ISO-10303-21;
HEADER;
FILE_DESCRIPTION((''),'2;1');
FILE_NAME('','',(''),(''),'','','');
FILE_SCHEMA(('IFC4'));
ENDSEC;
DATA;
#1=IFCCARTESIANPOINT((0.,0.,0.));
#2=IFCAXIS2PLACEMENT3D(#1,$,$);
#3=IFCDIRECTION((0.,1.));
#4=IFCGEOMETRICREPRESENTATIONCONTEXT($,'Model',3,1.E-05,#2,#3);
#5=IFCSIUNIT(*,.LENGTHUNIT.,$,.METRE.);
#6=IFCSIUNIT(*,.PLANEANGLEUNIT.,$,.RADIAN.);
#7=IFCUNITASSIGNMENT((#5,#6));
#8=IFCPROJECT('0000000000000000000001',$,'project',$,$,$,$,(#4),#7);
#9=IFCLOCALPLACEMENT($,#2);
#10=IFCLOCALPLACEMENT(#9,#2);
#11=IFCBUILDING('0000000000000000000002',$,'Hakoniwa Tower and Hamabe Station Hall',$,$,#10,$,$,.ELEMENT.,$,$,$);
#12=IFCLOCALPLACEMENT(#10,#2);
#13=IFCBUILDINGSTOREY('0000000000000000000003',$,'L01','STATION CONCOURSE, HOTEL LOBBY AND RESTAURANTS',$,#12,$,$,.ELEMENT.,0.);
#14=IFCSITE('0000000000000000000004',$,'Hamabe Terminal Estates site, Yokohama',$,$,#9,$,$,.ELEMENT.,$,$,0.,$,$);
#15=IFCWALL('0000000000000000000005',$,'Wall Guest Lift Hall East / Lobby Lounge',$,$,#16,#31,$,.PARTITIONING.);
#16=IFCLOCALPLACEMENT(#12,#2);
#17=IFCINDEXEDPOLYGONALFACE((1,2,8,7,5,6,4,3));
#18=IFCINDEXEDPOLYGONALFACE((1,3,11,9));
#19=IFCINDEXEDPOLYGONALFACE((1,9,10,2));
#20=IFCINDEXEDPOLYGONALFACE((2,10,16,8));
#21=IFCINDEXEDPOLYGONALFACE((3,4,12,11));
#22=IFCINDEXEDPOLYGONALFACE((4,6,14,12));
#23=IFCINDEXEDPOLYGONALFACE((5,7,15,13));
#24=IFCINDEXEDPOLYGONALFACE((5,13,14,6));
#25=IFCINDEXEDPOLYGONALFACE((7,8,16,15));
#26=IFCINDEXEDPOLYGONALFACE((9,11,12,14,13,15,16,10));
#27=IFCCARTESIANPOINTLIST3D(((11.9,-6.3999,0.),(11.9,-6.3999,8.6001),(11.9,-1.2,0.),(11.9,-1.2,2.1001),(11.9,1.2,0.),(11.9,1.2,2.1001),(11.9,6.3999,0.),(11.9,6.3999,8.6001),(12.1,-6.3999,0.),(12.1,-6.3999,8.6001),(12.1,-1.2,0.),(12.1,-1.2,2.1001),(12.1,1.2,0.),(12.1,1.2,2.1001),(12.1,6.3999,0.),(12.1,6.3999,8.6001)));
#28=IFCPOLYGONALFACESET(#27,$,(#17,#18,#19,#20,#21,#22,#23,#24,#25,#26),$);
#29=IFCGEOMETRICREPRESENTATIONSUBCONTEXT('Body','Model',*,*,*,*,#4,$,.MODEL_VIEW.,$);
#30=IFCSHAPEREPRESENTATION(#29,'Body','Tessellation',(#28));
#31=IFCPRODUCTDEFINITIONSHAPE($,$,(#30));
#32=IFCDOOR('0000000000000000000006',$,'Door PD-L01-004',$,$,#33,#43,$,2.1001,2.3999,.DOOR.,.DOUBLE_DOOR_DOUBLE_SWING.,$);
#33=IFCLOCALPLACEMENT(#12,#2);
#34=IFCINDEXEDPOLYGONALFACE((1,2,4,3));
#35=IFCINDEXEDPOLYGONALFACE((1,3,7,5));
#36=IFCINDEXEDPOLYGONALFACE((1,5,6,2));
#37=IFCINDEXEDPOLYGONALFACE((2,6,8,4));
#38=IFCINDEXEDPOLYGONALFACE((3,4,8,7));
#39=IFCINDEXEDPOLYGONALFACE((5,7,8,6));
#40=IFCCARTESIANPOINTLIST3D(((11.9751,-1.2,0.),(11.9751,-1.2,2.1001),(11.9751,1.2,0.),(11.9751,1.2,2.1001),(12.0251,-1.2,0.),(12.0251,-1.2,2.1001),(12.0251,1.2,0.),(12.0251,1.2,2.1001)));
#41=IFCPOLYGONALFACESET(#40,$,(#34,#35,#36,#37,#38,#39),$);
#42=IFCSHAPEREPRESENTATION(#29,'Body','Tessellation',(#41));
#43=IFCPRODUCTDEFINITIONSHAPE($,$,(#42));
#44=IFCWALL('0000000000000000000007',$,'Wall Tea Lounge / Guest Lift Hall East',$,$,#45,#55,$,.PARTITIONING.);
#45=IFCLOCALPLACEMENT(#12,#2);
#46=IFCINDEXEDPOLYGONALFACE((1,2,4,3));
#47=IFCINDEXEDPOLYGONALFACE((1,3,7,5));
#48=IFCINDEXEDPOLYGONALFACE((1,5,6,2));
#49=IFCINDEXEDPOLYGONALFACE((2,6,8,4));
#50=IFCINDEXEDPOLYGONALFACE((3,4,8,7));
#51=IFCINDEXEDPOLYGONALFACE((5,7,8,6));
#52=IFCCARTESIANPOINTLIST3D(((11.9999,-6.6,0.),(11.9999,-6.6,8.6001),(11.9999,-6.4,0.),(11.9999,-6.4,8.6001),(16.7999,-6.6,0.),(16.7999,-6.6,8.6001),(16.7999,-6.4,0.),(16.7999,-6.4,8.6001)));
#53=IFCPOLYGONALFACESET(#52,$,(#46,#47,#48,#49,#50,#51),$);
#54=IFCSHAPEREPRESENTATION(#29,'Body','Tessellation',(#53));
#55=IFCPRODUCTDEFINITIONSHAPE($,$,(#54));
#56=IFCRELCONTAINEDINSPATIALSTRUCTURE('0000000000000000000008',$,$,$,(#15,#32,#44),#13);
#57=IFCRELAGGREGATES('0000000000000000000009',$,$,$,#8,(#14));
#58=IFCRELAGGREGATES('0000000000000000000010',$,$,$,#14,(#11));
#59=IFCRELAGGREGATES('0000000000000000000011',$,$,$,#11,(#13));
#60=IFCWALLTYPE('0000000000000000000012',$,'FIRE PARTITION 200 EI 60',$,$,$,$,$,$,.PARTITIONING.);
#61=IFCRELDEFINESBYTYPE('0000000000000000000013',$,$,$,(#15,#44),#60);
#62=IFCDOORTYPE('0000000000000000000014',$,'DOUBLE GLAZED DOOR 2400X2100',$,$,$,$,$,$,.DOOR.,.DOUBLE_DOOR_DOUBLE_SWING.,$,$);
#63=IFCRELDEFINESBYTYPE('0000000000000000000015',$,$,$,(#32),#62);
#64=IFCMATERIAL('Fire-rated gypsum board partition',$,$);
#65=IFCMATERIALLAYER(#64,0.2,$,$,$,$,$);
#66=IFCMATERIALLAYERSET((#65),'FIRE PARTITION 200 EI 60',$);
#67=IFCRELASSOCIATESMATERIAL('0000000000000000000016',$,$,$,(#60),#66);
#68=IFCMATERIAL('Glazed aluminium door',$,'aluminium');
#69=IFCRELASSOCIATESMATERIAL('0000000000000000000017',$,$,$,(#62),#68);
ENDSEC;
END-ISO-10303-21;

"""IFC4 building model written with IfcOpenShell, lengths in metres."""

from ifc_helpers import new_model, si_unit, direction, frame, frame_2d, origin, place, context, subcontext, project, spatial, rectangle, extrude, material, layer, layer_set, type_object, element, fill, save


model = new_model("IFC4")

# Units and contexts
model_context = context("Model", 3, precision=1e-05, world=origin(), true_north=direction((0.0, 1.0)))
body_context = subcontext(model_context, "Body", "Model", "MODEL_VIEW")
ifc_project = project(units=[si_unit("LENGTHUNIT", "METRE"), si_unit("PLANEANGLEUNIT", "RADIAN")], contexts=[model_context])

# Site, building, storey
site_placement = place(None, origin())
site = spatial("IfcSite", under=ifc_project, at=site_placement, Name="Hamabe Terminal Estates site, Yokohama", CompositionType="ELEMENT", RefElevation=0.0)
building_placement = place(site_placement, origin())
building = spatial("IfcBuilding", under=site, at=building_placement, Name="Hakoniwa Tower and Hamabe Station Hall", CompositionType="ELEMENT")
storey_placement = place(building_placement, origin())
storey = spatial("IfcBuildingStorey", under=building, at=storey_placement, Name="L01", Description="STATION CONCOURSE, HOTEL LOBBY AND RESTAURANTS", CompositionType="ELEMENT", Elevation=0.0)

# Wall, opening, door
ifc_material_1 = material(Name="Fire-rated gypsum board partition")
ifc_layer_1 = layer(ifc_material_1, 0.2)
ifc_layer_set_1 = layer_set([ifc_layer_1], Name="FIRE PARTITION 200 EI 60")
wall_type_1 = type_object("IfcWallType", Name="FIRE PARTITION 200 EI 60", PredefinedType="PARTITIONING", material=ifc_layer_set_1)
wall_1_placement = place(storey_placement, frame((12.0, -6.3999, 0.0), z_axis=(0.0, 0.0, 1.0), x_axis=(0.0, 1.0, 0.0)))
wall_1 = element("IfcWall", 1, at=wall_1_placement, inside=storey, type_object=wall_type_1, Name="Wall Guest Lift Hall East / Lobby Lounge", PredefinedType="PARTITIONING", context=body_context, shape_type="SweptSolid", body=[
    extrude(rectangle(XDim=12.7998, YDim=0.2, at=frame_2d((6.3999, 0.0))), origin(), (0.0, 0.0, 1.0), 8.6001),
])
opening_1_placement = place(wall_1_placement, frame((5.2, 0.0, 0.0)))
opening_1 = element("IfcOpeningElement", 2, at=opening_1_placement, cuts=wall_1, PredefinedType="OPENING", context=body_context, shape_type="SweptSolid", body=[
    extrude(rectangle(XDim=2.3999, YDim=2.1001, at=frame_2d((1.2, 1.05))), frame((0.0, 0.1099, 0.0), z_axis=(0.0, -1.0, 0.0), x_axis=(1.0, 0.0, 0.0)), (0.0, 0.0, 1.0), 0.22),
])
ifc_material_2 = material(Name="Glazed aluminium door", Category="aluminium")
door_type_1 = type_object("IfcDoorType", Name="DOUBLE GLAZED DOOR 2400X2100", OperationType="DOUBLE_DOOR_DOUBLE_SWING", PredefinedType="DOOR", material=ifc_material_2)
door_1_placement = place(opening_1_placement, origin())
door_1 = element("IfcDoor", 3, at=door_1_placement, inside=storey, type_object=door_type_1, Name="Door PD-L01-004", OperationType="DOUBLE_DOOR_DOUBLE_SWING", OverallHeight=2.1001, OverallWidth=2.3999, PredefinedType="DOOR", context=body_context, shape_type="SweptSolid", body=[
    extrude(rectangle(XDim=2.3999, YDim=2.1001, at=frame_2d((1.2, 1.05))), frame((0.0, 0.0249, 0.0), z_axis=(0.0, -1.0, 0.0), x_axis=(1.0, 0.0, 0.0)), (0.0, 0.0, 1.0), 0.05),
])
fill(opening_1, door_1)

# Wall
wall_2_placement = place(storey_placement, frame((12.0, -6.5, 0.0), z_axis=(0.0, 0.0, 1.0), x_axis=(1.0, 0.0, 0.0)))
element("IfcWall", 4, at=wall_2_placement, inside=storey, type_object=wall_type_1, Name="Wall Tea Lounge / Guest Lift Hall East", PredefinedType="PARTITIONING", context=body_context, shape_type="SweptSolid", body=[
    extrude(rectangle(XDim=4.8, YDim=0.2, at=frame_2d((2.3999, 0.0))), origin(), (0.0, 0.0, 1.0), 8.6001),
])

save(model, "model.ifc")
